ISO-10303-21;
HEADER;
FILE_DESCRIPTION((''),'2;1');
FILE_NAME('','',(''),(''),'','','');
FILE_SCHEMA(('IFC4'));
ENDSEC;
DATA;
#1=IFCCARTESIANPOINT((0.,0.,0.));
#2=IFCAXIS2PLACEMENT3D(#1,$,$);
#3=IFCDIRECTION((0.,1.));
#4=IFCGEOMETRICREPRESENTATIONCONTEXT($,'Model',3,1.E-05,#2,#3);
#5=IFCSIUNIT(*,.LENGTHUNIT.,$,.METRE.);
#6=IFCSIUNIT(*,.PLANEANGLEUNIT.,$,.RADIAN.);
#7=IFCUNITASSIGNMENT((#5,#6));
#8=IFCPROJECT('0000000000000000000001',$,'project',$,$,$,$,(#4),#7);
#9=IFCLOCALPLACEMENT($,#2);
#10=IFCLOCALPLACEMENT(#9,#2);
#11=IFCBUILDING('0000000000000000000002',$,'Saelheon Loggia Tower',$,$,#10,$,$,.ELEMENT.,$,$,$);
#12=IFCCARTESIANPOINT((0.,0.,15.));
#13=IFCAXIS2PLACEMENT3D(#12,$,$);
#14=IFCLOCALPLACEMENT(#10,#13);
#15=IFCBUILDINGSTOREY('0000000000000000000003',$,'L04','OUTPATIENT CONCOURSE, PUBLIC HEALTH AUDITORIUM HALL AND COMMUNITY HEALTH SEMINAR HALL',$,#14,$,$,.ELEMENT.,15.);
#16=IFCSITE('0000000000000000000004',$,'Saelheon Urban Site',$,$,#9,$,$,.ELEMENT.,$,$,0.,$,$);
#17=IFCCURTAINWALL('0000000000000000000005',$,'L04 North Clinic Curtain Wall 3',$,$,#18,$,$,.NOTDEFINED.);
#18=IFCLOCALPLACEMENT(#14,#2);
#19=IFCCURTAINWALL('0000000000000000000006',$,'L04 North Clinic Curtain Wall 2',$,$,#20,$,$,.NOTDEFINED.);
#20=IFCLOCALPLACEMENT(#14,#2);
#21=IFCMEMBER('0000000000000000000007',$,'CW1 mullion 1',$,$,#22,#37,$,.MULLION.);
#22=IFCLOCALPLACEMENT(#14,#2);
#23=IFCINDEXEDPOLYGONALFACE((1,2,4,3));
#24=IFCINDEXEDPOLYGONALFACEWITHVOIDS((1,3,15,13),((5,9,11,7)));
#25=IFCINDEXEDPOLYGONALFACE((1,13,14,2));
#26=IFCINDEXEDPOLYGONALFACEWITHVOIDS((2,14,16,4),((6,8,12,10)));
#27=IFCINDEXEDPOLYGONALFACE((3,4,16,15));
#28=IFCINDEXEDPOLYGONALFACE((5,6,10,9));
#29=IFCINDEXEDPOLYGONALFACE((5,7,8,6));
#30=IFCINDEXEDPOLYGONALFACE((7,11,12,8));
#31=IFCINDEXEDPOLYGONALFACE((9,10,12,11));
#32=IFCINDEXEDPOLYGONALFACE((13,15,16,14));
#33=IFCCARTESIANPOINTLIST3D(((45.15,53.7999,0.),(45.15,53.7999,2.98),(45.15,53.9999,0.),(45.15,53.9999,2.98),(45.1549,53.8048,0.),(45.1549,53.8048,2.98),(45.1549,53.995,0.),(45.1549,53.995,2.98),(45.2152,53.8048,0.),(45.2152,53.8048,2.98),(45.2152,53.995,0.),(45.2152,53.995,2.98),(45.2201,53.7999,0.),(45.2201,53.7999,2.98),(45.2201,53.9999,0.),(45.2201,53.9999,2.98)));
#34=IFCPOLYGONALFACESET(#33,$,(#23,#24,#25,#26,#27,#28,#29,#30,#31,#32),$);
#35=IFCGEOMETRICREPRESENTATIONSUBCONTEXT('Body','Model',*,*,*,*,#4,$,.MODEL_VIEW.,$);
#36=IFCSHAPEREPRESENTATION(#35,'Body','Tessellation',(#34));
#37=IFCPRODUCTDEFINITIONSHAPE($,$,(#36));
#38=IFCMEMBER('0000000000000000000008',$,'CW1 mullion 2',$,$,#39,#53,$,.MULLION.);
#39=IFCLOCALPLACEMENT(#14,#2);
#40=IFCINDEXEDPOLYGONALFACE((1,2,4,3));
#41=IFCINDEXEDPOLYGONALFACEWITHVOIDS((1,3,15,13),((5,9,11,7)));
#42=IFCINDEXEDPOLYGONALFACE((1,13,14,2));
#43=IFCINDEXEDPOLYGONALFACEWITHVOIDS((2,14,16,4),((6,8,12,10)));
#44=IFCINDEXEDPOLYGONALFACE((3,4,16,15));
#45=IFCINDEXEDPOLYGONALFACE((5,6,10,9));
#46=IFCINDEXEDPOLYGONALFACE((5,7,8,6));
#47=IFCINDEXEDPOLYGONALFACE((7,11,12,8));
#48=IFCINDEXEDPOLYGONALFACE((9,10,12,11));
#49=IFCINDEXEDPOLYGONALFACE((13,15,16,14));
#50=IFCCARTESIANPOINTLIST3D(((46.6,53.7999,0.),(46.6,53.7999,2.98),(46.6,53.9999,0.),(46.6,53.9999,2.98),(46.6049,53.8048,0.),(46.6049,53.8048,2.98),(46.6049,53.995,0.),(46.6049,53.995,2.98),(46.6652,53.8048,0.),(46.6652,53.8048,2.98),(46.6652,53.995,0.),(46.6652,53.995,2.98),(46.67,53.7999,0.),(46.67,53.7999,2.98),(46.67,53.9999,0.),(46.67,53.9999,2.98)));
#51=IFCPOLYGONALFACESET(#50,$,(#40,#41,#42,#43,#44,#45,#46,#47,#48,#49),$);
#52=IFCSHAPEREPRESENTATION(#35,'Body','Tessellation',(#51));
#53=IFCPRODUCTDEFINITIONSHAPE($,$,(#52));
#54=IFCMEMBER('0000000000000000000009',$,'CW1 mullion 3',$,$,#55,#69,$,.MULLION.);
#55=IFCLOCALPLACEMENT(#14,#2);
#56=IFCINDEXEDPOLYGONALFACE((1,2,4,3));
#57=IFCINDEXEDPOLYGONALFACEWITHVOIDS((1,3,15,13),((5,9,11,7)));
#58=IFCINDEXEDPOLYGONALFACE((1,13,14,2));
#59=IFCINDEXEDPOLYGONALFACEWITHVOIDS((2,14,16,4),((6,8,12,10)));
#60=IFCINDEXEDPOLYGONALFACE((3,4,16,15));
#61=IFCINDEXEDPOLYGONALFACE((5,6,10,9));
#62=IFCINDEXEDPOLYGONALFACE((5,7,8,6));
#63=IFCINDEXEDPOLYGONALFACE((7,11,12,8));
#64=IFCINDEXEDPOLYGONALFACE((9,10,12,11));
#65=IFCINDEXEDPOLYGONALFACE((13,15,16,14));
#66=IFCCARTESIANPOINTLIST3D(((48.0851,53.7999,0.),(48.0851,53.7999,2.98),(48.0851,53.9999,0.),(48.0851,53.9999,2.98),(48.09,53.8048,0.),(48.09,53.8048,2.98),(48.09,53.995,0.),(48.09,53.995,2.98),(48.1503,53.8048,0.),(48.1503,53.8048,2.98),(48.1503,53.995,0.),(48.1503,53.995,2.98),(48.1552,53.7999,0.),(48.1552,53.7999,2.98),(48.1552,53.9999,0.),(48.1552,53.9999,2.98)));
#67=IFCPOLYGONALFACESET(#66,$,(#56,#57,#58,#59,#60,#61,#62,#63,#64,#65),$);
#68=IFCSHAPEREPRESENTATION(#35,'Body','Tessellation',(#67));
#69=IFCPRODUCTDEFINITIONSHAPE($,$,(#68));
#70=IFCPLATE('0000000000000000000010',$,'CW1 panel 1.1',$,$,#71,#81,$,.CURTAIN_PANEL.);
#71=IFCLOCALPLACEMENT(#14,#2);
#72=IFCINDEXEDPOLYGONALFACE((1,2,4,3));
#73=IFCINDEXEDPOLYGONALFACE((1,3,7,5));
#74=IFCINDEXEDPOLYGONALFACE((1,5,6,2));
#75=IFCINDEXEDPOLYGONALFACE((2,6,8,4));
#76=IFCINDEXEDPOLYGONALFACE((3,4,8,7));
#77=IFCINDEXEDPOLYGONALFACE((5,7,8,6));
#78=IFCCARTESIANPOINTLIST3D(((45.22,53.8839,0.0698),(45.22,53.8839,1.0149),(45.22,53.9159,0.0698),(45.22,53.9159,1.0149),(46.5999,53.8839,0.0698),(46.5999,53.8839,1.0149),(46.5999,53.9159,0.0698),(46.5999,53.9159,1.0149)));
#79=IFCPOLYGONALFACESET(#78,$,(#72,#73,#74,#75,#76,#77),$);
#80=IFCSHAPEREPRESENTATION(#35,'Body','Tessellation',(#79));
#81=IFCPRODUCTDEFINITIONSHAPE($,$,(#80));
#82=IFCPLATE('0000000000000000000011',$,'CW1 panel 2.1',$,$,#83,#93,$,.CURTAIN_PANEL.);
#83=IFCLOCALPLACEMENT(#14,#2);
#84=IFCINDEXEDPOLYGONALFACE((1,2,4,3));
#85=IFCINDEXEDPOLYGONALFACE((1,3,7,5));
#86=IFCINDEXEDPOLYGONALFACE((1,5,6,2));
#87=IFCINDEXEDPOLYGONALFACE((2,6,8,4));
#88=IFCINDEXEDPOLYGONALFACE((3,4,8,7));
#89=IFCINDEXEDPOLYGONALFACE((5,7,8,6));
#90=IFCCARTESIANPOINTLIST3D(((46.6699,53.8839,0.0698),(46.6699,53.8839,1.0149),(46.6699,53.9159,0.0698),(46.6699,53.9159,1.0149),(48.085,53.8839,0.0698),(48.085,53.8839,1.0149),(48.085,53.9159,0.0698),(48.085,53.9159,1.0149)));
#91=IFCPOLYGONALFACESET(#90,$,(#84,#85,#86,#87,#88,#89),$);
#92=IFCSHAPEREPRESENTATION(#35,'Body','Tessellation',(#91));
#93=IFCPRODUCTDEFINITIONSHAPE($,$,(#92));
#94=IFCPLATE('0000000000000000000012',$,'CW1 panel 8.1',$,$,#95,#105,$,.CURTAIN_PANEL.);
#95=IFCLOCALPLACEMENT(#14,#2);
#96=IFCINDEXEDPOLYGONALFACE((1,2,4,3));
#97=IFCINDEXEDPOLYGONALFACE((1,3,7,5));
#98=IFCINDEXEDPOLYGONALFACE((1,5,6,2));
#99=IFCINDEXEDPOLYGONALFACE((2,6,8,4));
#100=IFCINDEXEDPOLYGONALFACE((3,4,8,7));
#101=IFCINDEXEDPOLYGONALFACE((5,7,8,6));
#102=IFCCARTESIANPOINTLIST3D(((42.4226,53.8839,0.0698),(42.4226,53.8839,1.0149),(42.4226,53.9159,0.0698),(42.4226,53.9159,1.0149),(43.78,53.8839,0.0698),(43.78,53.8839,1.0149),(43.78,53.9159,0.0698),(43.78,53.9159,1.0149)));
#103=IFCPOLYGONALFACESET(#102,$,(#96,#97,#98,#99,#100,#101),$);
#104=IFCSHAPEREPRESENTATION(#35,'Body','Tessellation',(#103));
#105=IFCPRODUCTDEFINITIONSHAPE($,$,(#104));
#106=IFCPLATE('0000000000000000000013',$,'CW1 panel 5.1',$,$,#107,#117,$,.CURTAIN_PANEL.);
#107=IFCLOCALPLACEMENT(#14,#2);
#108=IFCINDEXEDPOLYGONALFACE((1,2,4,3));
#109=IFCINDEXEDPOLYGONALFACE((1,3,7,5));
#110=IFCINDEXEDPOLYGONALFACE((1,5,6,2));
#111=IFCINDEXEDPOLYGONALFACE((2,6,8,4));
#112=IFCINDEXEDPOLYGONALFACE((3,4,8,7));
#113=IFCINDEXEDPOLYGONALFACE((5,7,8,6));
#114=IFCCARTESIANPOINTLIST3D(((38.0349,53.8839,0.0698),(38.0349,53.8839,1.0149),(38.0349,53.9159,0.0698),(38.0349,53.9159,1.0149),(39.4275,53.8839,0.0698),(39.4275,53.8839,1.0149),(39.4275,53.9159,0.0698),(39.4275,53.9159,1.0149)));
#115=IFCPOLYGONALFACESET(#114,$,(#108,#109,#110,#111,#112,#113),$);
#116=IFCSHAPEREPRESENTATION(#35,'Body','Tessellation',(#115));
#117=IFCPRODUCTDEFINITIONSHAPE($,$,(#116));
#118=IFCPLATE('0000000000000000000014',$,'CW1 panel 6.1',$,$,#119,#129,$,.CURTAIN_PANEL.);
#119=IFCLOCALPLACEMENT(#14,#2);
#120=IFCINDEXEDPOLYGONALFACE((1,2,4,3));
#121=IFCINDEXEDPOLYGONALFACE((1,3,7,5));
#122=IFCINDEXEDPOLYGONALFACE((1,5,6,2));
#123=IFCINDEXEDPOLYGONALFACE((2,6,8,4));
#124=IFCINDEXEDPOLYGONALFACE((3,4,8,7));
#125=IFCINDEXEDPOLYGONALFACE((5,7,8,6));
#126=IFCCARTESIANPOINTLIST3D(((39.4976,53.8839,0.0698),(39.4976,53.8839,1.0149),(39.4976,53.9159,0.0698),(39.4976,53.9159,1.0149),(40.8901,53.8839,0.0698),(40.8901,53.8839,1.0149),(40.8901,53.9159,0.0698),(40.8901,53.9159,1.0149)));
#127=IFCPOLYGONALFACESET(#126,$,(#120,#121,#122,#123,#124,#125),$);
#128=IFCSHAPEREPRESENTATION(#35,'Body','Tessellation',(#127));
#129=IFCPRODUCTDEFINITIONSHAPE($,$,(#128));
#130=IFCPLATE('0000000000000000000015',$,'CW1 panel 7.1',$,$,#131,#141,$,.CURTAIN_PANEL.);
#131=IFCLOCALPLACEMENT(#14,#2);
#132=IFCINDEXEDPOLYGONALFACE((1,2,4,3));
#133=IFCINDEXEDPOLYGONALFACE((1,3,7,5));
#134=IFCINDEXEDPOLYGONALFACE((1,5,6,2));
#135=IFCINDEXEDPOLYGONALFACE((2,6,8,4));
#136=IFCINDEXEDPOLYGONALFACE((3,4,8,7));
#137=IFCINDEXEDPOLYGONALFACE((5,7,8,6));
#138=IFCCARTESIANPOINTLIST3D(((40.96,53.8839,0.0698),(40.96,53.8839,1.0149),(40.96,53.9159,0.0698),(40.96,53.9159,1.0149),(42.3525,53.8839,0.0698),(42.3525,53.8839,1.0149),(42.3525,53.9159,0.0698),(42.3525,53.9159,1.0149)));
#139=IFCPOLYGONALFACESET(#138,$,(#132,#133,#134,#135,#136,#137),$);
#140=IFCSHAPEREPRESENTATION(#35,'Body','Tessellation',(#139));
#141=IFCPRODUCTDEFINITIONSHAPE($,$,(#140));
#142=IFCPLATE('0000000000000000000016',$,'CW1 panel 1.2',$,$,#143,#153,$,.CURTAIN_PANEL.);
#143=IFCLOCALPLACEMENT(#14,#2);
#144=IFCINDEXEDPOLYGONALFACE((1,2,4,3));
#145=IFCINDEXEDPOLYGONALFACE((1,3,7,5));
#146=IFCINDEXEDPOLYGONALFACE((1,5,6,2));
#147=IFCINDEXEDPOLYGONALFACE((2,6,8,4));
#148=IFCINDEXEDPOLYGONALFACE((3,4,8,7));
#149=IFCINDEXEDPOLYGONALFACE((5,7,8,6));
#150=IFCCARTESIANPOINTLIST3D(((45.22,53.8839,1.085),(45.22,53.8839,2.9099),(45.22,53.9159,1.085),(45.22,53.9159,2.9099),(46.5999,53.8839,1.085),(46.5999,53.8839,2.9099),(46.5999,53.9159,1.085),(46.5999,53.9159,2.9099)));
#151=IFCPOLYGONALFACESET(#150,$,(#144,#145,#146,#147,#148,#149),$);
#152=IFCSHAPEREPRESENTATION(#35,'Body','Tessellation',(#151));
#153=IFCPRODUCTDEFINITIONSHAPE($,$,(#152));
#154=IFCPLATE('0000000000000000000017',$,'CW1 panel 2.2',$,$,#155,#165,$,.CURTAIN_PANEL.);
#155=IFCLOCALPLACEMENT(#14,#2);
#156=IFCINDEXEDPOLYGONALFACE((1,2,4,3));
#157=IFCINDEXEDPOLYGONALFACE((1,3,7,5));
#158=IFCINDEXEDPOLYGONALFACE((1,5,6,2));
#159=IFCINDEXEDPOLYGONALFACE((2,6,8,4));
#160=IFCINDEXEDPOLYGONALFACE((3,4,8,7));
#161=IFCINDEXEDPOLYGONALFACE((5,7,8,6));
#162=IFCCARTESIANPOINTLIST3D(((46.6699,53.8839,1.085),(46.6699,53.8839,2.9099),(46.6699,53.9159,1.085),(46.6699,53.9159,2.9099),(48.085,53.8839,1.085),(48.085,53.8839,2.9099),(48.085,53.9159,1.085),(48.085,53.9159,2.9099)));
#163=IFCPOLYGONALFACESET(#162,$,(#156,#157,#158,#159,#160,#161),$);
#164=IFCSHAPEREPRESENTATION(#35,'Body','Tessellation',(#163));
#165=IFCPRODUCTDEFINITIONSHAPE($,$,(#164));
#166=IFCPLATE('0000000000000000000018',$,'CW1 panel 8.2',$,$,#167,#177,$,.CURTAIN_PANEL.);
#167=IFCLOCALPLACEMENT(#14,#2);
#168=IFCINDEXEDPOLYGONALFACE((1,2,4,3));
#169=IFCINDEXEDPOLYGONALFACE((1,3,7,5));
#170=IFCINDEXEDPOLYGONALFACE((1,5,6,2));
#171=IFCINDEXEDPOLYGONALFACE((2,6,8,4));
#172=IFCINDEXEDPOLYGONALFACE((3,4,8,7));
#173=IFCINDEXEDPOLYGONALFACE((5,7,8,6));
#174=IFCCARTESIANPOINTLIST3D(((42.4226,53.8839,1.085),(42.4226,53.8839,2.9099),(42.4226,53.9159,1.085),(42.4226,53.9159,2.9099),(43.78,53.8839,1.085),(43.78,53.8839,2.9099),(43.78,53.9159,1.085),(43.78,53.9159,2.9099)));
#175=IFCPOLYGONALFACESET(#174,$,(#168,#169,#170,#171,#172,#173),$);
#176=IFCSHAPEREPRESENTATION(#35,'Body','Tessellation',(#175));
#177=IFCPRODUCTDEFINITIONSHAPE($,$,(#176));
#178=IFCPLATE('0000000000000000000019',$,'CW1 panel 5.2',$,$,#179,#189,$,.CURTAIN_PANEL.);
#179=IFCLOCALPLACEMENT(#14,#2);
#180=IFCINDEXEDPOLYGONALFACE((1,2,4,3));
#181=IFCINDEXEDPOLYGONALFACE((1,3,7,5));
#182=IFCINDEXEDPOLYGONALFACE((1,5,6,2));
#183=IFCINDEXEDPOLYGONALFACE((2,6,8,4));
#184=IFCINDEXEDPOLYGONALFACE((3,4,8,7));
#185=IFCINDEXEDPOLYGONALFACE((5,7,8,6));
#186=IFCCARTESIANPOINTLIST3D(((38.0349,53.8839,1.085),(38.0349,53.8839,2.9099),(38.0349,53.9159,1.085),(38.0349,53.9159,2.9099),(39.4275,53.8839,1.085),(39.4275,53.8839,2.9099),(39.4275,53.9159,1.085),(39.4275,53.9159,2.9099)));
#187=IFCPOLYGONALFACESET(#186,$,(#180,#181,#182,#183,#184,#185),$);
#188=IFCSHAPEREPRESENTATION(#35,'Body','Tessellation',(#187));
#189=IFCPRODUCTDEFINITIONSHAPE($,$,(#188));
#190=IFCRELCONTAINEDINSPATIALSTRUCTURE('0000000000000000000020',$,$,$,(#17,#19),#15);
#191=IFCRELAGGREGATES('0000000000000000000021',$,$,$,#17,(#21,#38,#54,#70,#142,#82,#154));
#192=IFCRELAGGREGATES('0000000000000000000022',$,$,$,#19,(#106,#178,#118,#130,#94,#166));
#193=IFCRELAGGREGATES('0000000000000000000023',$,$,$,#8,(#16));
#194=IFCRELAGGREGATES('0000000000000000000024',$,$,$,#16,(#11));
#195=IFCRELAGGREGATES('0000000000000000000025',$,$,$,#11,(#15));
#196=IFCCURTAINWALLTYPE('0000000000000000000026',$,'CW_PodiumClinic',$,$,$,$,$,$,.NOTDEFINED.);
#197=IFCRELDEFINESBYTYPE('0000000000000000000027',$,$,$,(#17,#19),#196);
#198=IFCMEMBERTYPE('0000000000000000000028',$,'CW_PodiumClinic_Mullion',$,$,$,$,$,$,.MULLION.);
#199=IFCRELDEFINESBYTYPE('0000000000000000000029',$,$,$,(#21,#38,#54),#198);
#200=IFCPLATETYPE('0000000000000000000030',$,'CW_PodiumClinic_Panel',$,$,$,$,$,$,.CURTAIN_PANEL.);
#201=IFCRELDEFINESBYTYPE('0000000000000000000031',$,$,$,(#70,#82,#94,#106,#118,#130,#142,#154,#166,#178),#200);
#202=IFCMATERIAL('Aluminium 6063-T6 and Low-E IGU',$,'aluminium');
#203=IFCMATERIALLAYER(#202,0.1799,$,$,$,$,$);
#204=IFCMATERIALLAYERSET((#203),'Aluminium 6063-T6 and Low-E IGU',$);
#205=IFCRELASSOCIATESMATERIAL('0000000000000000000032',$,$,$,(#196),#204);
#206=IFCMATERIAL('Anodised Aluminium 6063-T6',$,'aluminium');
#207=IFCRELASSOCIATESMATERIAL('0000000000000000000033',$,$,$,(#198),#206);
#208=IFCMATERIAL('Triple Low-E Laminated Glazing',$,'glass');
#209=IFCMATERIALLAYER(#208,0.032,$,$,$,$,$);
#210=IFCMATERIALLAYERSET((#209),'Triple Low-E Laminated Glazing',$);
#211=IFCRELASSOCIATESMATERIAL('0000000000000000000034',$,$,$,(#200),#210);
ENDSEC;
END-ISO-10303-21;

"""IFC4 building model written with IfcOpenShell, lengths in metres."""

from ifc_helpers import new_model, si_unit, direction, frame, origin, origin_2d, place, context, subcontext, project, spatial, rectangle, hollow_rectangle, extrude, source, transform, mapped, material, layer, layer_set, material_profile, profile_set, type_object, element, aggregate, save


model = new_model("IFC4")

# Units and contexts
model_context = context("Model", 3, precision=1e-05, world=origin(), true_north=direction((0.0, 1.0)))
body_context = subcontext(model_context, "Body", "Model", "MODEL_VIEW")
ifc_project = project(units=[si_unit("LENGTHUNIT", "METRE"), si_unit("PLANEANGLEUNIT", "RADIAN")], contexts=[model_context])

# Site, building, storey
site_placement = place(None, origin())
site = spatial("IfcSite", under=ifc_project, at=site_placement, Name="Saelheon Urban Site", CompositionType="ELEMENT", RefElevation=0.0)
building_placement = place(site_placement, origin())
building = spatial("IfcBuilding", under=site, at=building_placement, Name="Saelheon Loggia Tower", CompositionType="ELEMENT")
storey_placement = place(building_placement, frame((0.0, 0.0, 15.0)))
storey = spatial("IfcBuildingStorey", under=building, at=storey_placement, Name="L04", Description="OUTPATIENT CONCOURSE, PUBLIC HEALTH AUDITORIUM HALL AND COMMUNITY HEALTH SEMINAR HALL", CompositionType="ELEMENT", Elevation=15.0)

# Curtain walls
ifc_material_1 = material(Name="Aluminium 6063-T6 and Low-E IGU", Category="aluminium")
ifc_layer_1 = layer(ifc_material_1, 0.1799)
ifc_layer_set_1 = layer_set([ifc_layer_1], Name="Aluminium 6063-T6 and Low-E IGU")
curtain_wall_type = type_object("IfcCurtainWallType", Name="CW_PodiumClinic", PredefinedType="NOTDEFINED", material=ifc_layer_set_1)
curtain_wall_1_placement = place(storey_placement, origin())
curtain_wall_1 = element("IfcCurtainWall", 1, at=curtain_wall_1_placement, inside=storey, type_object=curtain_wall_type, Name="L04 North Clinic Curtain Wall 3", PredefinedType="NOTDEFINED")
ifc_material_2 = material(Name="Anodised Aluminium 6063-T6", Category="aluminium")
curtain_wall_2_placement = place(storey_placement, origin())
curtain_wall_2 = element("IfcCurtainWall", 2, at=curtain_wall_2_placement, inside=storey, type_object=curtain_wall_type, Name="L04 North Clinic Curtain Wall 2", PredefinedType="NOTDEFINED")
ifc_material_profile_1 = material_profile(ifc_material_2, hollow_rectangle(XDim=0.0701, YDim=0.2, WallThickness=0.0049, at=origin_2d()), Name="RHS-200x70x5")
ifc_profile_set_1 = profile_set([ifc_material_profile_1], Name="Anodised Aluminium 6063-T6")
member_type_1 = type_object("IfcMemberType", Name="CW_PodiumClinic_Mullion", PredefinedType="MULLION", material=ifc_profile_set_1)
shared_shape_1 = source(origin(), body_context, "Body", "SweptSolid", [
    extrude(hollow_rectangle(XDim=0.0701, YDim=0.2, WallThickness=0.0049, at=origin_2d()), origin(), (0.0, 0.0, 1.0), 2.98),
])

# Members
member_1_placement = place(storey_placement, frame((45.1851, 53.8999, 0.0), z_axis=(0.0, 0.0, 1.0), x_axis=(1.0, 0.0, 0.0)))
member_1 = element("IfcMember", 3, at=member_1_placement, type_object=member_type_1, Name="CW1 mullion 1", PredefinedType="MULLION", context=body_context, shape_type="MappedRepresentation", body=[
    mapped(shared_shape_1, transform((0.0, 0.0, 0.0), scale=1.0)),
])
member_2_placement = place(storey_placement, frame((46.635, 53.8999, 0.0), z_axis=(0.0, 0.0, 1.0), x_axis=(1.0, 0.0, 0.0)))
member_2 = element("IfcMember", 4, at=member_2_placement, type_object=member_type_1, Name="CW1 mullion 2", PredefinedType="MULLION", context=body_context, shape_type="MappedRepresentation", body=[
    mapped(shared_shape_1, transform((0.0, 0.0, 0.0), scale=1.0)),
])
member_3_placement = place(storey_placement, frame((48.1201, 53.8999, 0.0), z_axis=(0.0, 0.0, 1.0), x_axis=(1.0, 0.0, 0.0)))
member_3 = element("IfcMember", 5, at=member_3_placement, type_object=member_type_1, Name="CW1 mullion 3", PredefinedType="MULLION", context=body_context, shape_type="MappedRepresentation", body=[
    mapped(shared_shape_1, transform((0.0, 0.0, 0.0), scale=1.0)),
])

# Plates
ifc_material_3 = material(Name="Triple Low-E Laminated Glazing", Category="glass")
ifc_layer_2 = layer(ifc_material_3, 0.032)
ifc_layer_set_2 = layer_set([ifc_layer_2], Name="Triple Low-E Laminated Glazing")
plate_type = type_object("IfcPlateType", Name="CW_PodiumClinic_Panel", PredefinedType="CURTAIN_PANEL", material=ifc_layer_set_2)
shared_shape_2 = source(origin(), body_context, "Body", "SweptSolid", [
    extrude(rectangle(XDim=1.3799, YDim=0.032, at=origin_2d()), origin(), (0.0, 0.0, 1.0), 0.9451),
])
plate_1_placement = place(storey_placement, frame((45.9099, 53.8999, 0.0698), z_axis=(0.0, 0.0, 1.0), x_axis=(1.0, 0.0, 0.0)))
plate_1 = element("IfcPlate", 6, at=plate_1_placement, type_object=plate_type, Name="CW1 panel 1.1", PredefinedType="CURTAIN_PANEL", context=body_context, shape_type="MappedRepresentation", body=[
    mapped(shared_shape_2, transform((0.0, 0.0, 0.0), scale=1.0)),
])
shared_shape_3 = source(origin(), body_context, "Body", "SweptSolid", [
    extrude(rectangle(XDim=1.415, YDim=0.032, at=origin_2d()), origin(), (0.0, 0.0, 1.0), 0.9451),
])
plate_2_placement = place(storey_placement, frame((47.3774, 53.8999, 0.0698), z_axis=(0.0, 0.0, 1.0), x_axis=(1.0, 0.0, 0.0)))
plate_2 = element("IfcPlate", 7, at=plate_2_placement, type_object=plate_type, Name="CW1 panel 2.1", PredefinedType="CURTAIN_PANEL", context=body_context, shape_type="MappedRepresentation", body=[
    mapped(shared_shape_3, transform((0.0, 0.0, 0.0), scale=1.0)),
])
shared_shape_4 = source(origin(), body_context, "Body", "SweptSolid", [
    extrude(rectangle(XDim=1.3574, YDim=0.032, at=origin_2d()), origin(), (0.0, 0.0, 1.0), 0.9451),
])
plate_3_placement = place(storey_placement, frame((43.1013, 53.8999, 0.0698), z_axis=(0.0, 0.0, 1.0), x_axis=(1.0, 0.0, 0.0)))
plate_3 = element("IfcPlate", 8, at=plate_3_placement, type_object=plate_type, Name="CW1 panel 8.1", PredefinedType="CURTAIN_PANEL", context=body_context, shape_type="MappedRepresentation", body=[
    mapped(shared_shape_4, transform((0.0, 0.0, 0.0), scale=1.0)),
])
shared_shape_5 = source(origin(), body_context, "Body", "SweptSolid", [
    extrude(rectangle(XDim=1.3926, YDim=0.032, at=origin_2d()), origin(), (0.0, 0.0, 1.0), 0.9451),
])
plate_4_placement = place(storey_placement, frame((38.7312, 53.8999, 0.0698), z_axis=(0.0, 0.0, 1.0), x_axis=(1.0, 0.0, 0.0)))
plate_4 = element("IfcPlate", 9, at=plate_4_placement, type_object=plate_type, Name="CW1 panel 5.1", PredefinedType="CURTAIN_PANEL", context=body_context, shape_type="MappedRepresentation", body=[
    mapped(shared_shape_5, transform((0.0, 0.0, 0.0), scale=1.0)),
])
plate_5_placement = place(storey_placement, frame((40.1938, 53.8999, 0.0698), z_axis=(0.0, 0.0, 1.0), x_axis=(1.0, 0.0, 0.0)))
plate_5 = element("IfcPlate", 10, at=plate_5_placement, type_object=plate_type, Name="CW1 panel 6.1", PredefinedType="CURTAIN_PANEL", context=body_context, shape_type="MappedRepresentation", body=[
    mapped(shared_shape_5, transform((0.0, 0.0, 0.0), scale=1.0)),
])
plate_6_placement = place(storey_placement, frame((41.6562, 53.8999, 0.0698), z_axis=(0.0, 0.0, 1.0), x_axis=(1.0, 0.0, 0.0)))
plate_6 = element("IfcPlate", 11, at=plate_6_placement, type_object=plate_type, Name="CW1 panel 7.1", PredefinedType="CURTAIN_PANEL", context=body_context, shape_type="MappedRepresentation", body=[
    mapped(shared_shape_5, transform((0.0, 0.0, 0.0), scale=1.0)),
])
shared_shape_6 = source(origin(), body_context, "Body", "SweptSolid", [
    extrude(rectangle(XDim=1.3799, YDim=0.032, at=origin_2d()), origin(), (0.0, 0.0, 1.0), 1.825),
])
plate_7_placement = place(storey_placement, frame((45.9099, 53.8999, 1.085), z_axis=(0.0, 0.0, 1.0), x_axis=(1.0, 0.0, 0.0)))
plate_7 = element("IfcPlate", 12, at=plate_7_placement, type_object=plate_type, Name="CW1 panel 1.2", PredefinedType="CURTAIN_PANEL", context=body_context, shape_type="MappedRepresentation", body=[
    mapped(shared_shape_6, transform((0.0, 0.0, 0.0), scale=1.0)),
])
shared_shape_7 = source(origin(), body_context, "Body", "SweptSolid", [
    extrude(rectangle(XDim=1.415, YDim=0.032, at=origin_2d()), origin(), (0.0, 0.0, 1.0), 1.825),
])
plate_8_placement = place(storey_placement, frame((47.3774, 53.8999, 1.085), z_axis=(0.0, 0.0, 1.0), x_axis=(1.0, 0.0, 0.0)))
plate_8 = element("IfcPlate", 13, at=plate_8_placement, type_object=plate_type, Name="CW1 panel 2.2", PredefinedType="CURTAIN_PANEL", context=body_context, shape_type="MappedRepresentation", body=[
    mapped(shared_shape_7, transform((0.0, 0.0, 0.0), scale=1.0)),
])
aggregate(curtain_wall_1, [member_1, member_2, member_3, plate_1, plate_7, plate_2, plate_8])
shared_shape_8 = source(origin(), body_context, "Body", "SweptSolid", [
    extrude(rectangle(XDim=1.3574, YDim=0.032, at=origin_2d()), origin(), (0.0, 0.0, 1.0), 1.825),
])
plate_9_placement = place(storey_placement, frame((43.1013, 53.8999, 1.085), z_axis=(0.0, 0.0, 1.0), x_axis=(1.0, 0.0, 0.0)))
plate_9 = element("IfcPlate", 14, at=plate_9_placement, type_object=plate_type, Name="CW1 panel 8.2", PredefinedType="CURTAIN_PANEL", context=body_context, shape_type="MappedRepresentation", body=[
    mapped(shared_shape_8, transform((0.0, 0.0, 0.0), scale=1.0)),
])
shared_shape_9 = source(origin(), body_context, "Body", "SweptSolid", [
    extrude(rectangle(XDim=1.3926, YDim=0.032, at=origin_2d()), origin(), (0.0, 0.0, 1.0), 1.825),
])
plate_10_placement = place(storey_placement, frame((38.7312, 53.8999, 1.085), z_axis=(0.0, 0.0, 1.0), x_axis=(1.0, 0.0, 0.0)))
plate_10 = element("IfcPlate", 15, at=plate_10_placement, type_object=plate_type, Name="CW1 panel 5.2", PredefinedType="CURTAIN_PANEL", context=body_context, shape_type="MappedRepresentation", body=[
    mapped(shared_shape_9, transform((0.0, 0.0, 0.0), scale=1.0)),
])
aggregate(curtain_wall_2, [plate_4, plate_10, plate_5, plate_6, plate_3, plate_9])

save(model, "model.ifc")
